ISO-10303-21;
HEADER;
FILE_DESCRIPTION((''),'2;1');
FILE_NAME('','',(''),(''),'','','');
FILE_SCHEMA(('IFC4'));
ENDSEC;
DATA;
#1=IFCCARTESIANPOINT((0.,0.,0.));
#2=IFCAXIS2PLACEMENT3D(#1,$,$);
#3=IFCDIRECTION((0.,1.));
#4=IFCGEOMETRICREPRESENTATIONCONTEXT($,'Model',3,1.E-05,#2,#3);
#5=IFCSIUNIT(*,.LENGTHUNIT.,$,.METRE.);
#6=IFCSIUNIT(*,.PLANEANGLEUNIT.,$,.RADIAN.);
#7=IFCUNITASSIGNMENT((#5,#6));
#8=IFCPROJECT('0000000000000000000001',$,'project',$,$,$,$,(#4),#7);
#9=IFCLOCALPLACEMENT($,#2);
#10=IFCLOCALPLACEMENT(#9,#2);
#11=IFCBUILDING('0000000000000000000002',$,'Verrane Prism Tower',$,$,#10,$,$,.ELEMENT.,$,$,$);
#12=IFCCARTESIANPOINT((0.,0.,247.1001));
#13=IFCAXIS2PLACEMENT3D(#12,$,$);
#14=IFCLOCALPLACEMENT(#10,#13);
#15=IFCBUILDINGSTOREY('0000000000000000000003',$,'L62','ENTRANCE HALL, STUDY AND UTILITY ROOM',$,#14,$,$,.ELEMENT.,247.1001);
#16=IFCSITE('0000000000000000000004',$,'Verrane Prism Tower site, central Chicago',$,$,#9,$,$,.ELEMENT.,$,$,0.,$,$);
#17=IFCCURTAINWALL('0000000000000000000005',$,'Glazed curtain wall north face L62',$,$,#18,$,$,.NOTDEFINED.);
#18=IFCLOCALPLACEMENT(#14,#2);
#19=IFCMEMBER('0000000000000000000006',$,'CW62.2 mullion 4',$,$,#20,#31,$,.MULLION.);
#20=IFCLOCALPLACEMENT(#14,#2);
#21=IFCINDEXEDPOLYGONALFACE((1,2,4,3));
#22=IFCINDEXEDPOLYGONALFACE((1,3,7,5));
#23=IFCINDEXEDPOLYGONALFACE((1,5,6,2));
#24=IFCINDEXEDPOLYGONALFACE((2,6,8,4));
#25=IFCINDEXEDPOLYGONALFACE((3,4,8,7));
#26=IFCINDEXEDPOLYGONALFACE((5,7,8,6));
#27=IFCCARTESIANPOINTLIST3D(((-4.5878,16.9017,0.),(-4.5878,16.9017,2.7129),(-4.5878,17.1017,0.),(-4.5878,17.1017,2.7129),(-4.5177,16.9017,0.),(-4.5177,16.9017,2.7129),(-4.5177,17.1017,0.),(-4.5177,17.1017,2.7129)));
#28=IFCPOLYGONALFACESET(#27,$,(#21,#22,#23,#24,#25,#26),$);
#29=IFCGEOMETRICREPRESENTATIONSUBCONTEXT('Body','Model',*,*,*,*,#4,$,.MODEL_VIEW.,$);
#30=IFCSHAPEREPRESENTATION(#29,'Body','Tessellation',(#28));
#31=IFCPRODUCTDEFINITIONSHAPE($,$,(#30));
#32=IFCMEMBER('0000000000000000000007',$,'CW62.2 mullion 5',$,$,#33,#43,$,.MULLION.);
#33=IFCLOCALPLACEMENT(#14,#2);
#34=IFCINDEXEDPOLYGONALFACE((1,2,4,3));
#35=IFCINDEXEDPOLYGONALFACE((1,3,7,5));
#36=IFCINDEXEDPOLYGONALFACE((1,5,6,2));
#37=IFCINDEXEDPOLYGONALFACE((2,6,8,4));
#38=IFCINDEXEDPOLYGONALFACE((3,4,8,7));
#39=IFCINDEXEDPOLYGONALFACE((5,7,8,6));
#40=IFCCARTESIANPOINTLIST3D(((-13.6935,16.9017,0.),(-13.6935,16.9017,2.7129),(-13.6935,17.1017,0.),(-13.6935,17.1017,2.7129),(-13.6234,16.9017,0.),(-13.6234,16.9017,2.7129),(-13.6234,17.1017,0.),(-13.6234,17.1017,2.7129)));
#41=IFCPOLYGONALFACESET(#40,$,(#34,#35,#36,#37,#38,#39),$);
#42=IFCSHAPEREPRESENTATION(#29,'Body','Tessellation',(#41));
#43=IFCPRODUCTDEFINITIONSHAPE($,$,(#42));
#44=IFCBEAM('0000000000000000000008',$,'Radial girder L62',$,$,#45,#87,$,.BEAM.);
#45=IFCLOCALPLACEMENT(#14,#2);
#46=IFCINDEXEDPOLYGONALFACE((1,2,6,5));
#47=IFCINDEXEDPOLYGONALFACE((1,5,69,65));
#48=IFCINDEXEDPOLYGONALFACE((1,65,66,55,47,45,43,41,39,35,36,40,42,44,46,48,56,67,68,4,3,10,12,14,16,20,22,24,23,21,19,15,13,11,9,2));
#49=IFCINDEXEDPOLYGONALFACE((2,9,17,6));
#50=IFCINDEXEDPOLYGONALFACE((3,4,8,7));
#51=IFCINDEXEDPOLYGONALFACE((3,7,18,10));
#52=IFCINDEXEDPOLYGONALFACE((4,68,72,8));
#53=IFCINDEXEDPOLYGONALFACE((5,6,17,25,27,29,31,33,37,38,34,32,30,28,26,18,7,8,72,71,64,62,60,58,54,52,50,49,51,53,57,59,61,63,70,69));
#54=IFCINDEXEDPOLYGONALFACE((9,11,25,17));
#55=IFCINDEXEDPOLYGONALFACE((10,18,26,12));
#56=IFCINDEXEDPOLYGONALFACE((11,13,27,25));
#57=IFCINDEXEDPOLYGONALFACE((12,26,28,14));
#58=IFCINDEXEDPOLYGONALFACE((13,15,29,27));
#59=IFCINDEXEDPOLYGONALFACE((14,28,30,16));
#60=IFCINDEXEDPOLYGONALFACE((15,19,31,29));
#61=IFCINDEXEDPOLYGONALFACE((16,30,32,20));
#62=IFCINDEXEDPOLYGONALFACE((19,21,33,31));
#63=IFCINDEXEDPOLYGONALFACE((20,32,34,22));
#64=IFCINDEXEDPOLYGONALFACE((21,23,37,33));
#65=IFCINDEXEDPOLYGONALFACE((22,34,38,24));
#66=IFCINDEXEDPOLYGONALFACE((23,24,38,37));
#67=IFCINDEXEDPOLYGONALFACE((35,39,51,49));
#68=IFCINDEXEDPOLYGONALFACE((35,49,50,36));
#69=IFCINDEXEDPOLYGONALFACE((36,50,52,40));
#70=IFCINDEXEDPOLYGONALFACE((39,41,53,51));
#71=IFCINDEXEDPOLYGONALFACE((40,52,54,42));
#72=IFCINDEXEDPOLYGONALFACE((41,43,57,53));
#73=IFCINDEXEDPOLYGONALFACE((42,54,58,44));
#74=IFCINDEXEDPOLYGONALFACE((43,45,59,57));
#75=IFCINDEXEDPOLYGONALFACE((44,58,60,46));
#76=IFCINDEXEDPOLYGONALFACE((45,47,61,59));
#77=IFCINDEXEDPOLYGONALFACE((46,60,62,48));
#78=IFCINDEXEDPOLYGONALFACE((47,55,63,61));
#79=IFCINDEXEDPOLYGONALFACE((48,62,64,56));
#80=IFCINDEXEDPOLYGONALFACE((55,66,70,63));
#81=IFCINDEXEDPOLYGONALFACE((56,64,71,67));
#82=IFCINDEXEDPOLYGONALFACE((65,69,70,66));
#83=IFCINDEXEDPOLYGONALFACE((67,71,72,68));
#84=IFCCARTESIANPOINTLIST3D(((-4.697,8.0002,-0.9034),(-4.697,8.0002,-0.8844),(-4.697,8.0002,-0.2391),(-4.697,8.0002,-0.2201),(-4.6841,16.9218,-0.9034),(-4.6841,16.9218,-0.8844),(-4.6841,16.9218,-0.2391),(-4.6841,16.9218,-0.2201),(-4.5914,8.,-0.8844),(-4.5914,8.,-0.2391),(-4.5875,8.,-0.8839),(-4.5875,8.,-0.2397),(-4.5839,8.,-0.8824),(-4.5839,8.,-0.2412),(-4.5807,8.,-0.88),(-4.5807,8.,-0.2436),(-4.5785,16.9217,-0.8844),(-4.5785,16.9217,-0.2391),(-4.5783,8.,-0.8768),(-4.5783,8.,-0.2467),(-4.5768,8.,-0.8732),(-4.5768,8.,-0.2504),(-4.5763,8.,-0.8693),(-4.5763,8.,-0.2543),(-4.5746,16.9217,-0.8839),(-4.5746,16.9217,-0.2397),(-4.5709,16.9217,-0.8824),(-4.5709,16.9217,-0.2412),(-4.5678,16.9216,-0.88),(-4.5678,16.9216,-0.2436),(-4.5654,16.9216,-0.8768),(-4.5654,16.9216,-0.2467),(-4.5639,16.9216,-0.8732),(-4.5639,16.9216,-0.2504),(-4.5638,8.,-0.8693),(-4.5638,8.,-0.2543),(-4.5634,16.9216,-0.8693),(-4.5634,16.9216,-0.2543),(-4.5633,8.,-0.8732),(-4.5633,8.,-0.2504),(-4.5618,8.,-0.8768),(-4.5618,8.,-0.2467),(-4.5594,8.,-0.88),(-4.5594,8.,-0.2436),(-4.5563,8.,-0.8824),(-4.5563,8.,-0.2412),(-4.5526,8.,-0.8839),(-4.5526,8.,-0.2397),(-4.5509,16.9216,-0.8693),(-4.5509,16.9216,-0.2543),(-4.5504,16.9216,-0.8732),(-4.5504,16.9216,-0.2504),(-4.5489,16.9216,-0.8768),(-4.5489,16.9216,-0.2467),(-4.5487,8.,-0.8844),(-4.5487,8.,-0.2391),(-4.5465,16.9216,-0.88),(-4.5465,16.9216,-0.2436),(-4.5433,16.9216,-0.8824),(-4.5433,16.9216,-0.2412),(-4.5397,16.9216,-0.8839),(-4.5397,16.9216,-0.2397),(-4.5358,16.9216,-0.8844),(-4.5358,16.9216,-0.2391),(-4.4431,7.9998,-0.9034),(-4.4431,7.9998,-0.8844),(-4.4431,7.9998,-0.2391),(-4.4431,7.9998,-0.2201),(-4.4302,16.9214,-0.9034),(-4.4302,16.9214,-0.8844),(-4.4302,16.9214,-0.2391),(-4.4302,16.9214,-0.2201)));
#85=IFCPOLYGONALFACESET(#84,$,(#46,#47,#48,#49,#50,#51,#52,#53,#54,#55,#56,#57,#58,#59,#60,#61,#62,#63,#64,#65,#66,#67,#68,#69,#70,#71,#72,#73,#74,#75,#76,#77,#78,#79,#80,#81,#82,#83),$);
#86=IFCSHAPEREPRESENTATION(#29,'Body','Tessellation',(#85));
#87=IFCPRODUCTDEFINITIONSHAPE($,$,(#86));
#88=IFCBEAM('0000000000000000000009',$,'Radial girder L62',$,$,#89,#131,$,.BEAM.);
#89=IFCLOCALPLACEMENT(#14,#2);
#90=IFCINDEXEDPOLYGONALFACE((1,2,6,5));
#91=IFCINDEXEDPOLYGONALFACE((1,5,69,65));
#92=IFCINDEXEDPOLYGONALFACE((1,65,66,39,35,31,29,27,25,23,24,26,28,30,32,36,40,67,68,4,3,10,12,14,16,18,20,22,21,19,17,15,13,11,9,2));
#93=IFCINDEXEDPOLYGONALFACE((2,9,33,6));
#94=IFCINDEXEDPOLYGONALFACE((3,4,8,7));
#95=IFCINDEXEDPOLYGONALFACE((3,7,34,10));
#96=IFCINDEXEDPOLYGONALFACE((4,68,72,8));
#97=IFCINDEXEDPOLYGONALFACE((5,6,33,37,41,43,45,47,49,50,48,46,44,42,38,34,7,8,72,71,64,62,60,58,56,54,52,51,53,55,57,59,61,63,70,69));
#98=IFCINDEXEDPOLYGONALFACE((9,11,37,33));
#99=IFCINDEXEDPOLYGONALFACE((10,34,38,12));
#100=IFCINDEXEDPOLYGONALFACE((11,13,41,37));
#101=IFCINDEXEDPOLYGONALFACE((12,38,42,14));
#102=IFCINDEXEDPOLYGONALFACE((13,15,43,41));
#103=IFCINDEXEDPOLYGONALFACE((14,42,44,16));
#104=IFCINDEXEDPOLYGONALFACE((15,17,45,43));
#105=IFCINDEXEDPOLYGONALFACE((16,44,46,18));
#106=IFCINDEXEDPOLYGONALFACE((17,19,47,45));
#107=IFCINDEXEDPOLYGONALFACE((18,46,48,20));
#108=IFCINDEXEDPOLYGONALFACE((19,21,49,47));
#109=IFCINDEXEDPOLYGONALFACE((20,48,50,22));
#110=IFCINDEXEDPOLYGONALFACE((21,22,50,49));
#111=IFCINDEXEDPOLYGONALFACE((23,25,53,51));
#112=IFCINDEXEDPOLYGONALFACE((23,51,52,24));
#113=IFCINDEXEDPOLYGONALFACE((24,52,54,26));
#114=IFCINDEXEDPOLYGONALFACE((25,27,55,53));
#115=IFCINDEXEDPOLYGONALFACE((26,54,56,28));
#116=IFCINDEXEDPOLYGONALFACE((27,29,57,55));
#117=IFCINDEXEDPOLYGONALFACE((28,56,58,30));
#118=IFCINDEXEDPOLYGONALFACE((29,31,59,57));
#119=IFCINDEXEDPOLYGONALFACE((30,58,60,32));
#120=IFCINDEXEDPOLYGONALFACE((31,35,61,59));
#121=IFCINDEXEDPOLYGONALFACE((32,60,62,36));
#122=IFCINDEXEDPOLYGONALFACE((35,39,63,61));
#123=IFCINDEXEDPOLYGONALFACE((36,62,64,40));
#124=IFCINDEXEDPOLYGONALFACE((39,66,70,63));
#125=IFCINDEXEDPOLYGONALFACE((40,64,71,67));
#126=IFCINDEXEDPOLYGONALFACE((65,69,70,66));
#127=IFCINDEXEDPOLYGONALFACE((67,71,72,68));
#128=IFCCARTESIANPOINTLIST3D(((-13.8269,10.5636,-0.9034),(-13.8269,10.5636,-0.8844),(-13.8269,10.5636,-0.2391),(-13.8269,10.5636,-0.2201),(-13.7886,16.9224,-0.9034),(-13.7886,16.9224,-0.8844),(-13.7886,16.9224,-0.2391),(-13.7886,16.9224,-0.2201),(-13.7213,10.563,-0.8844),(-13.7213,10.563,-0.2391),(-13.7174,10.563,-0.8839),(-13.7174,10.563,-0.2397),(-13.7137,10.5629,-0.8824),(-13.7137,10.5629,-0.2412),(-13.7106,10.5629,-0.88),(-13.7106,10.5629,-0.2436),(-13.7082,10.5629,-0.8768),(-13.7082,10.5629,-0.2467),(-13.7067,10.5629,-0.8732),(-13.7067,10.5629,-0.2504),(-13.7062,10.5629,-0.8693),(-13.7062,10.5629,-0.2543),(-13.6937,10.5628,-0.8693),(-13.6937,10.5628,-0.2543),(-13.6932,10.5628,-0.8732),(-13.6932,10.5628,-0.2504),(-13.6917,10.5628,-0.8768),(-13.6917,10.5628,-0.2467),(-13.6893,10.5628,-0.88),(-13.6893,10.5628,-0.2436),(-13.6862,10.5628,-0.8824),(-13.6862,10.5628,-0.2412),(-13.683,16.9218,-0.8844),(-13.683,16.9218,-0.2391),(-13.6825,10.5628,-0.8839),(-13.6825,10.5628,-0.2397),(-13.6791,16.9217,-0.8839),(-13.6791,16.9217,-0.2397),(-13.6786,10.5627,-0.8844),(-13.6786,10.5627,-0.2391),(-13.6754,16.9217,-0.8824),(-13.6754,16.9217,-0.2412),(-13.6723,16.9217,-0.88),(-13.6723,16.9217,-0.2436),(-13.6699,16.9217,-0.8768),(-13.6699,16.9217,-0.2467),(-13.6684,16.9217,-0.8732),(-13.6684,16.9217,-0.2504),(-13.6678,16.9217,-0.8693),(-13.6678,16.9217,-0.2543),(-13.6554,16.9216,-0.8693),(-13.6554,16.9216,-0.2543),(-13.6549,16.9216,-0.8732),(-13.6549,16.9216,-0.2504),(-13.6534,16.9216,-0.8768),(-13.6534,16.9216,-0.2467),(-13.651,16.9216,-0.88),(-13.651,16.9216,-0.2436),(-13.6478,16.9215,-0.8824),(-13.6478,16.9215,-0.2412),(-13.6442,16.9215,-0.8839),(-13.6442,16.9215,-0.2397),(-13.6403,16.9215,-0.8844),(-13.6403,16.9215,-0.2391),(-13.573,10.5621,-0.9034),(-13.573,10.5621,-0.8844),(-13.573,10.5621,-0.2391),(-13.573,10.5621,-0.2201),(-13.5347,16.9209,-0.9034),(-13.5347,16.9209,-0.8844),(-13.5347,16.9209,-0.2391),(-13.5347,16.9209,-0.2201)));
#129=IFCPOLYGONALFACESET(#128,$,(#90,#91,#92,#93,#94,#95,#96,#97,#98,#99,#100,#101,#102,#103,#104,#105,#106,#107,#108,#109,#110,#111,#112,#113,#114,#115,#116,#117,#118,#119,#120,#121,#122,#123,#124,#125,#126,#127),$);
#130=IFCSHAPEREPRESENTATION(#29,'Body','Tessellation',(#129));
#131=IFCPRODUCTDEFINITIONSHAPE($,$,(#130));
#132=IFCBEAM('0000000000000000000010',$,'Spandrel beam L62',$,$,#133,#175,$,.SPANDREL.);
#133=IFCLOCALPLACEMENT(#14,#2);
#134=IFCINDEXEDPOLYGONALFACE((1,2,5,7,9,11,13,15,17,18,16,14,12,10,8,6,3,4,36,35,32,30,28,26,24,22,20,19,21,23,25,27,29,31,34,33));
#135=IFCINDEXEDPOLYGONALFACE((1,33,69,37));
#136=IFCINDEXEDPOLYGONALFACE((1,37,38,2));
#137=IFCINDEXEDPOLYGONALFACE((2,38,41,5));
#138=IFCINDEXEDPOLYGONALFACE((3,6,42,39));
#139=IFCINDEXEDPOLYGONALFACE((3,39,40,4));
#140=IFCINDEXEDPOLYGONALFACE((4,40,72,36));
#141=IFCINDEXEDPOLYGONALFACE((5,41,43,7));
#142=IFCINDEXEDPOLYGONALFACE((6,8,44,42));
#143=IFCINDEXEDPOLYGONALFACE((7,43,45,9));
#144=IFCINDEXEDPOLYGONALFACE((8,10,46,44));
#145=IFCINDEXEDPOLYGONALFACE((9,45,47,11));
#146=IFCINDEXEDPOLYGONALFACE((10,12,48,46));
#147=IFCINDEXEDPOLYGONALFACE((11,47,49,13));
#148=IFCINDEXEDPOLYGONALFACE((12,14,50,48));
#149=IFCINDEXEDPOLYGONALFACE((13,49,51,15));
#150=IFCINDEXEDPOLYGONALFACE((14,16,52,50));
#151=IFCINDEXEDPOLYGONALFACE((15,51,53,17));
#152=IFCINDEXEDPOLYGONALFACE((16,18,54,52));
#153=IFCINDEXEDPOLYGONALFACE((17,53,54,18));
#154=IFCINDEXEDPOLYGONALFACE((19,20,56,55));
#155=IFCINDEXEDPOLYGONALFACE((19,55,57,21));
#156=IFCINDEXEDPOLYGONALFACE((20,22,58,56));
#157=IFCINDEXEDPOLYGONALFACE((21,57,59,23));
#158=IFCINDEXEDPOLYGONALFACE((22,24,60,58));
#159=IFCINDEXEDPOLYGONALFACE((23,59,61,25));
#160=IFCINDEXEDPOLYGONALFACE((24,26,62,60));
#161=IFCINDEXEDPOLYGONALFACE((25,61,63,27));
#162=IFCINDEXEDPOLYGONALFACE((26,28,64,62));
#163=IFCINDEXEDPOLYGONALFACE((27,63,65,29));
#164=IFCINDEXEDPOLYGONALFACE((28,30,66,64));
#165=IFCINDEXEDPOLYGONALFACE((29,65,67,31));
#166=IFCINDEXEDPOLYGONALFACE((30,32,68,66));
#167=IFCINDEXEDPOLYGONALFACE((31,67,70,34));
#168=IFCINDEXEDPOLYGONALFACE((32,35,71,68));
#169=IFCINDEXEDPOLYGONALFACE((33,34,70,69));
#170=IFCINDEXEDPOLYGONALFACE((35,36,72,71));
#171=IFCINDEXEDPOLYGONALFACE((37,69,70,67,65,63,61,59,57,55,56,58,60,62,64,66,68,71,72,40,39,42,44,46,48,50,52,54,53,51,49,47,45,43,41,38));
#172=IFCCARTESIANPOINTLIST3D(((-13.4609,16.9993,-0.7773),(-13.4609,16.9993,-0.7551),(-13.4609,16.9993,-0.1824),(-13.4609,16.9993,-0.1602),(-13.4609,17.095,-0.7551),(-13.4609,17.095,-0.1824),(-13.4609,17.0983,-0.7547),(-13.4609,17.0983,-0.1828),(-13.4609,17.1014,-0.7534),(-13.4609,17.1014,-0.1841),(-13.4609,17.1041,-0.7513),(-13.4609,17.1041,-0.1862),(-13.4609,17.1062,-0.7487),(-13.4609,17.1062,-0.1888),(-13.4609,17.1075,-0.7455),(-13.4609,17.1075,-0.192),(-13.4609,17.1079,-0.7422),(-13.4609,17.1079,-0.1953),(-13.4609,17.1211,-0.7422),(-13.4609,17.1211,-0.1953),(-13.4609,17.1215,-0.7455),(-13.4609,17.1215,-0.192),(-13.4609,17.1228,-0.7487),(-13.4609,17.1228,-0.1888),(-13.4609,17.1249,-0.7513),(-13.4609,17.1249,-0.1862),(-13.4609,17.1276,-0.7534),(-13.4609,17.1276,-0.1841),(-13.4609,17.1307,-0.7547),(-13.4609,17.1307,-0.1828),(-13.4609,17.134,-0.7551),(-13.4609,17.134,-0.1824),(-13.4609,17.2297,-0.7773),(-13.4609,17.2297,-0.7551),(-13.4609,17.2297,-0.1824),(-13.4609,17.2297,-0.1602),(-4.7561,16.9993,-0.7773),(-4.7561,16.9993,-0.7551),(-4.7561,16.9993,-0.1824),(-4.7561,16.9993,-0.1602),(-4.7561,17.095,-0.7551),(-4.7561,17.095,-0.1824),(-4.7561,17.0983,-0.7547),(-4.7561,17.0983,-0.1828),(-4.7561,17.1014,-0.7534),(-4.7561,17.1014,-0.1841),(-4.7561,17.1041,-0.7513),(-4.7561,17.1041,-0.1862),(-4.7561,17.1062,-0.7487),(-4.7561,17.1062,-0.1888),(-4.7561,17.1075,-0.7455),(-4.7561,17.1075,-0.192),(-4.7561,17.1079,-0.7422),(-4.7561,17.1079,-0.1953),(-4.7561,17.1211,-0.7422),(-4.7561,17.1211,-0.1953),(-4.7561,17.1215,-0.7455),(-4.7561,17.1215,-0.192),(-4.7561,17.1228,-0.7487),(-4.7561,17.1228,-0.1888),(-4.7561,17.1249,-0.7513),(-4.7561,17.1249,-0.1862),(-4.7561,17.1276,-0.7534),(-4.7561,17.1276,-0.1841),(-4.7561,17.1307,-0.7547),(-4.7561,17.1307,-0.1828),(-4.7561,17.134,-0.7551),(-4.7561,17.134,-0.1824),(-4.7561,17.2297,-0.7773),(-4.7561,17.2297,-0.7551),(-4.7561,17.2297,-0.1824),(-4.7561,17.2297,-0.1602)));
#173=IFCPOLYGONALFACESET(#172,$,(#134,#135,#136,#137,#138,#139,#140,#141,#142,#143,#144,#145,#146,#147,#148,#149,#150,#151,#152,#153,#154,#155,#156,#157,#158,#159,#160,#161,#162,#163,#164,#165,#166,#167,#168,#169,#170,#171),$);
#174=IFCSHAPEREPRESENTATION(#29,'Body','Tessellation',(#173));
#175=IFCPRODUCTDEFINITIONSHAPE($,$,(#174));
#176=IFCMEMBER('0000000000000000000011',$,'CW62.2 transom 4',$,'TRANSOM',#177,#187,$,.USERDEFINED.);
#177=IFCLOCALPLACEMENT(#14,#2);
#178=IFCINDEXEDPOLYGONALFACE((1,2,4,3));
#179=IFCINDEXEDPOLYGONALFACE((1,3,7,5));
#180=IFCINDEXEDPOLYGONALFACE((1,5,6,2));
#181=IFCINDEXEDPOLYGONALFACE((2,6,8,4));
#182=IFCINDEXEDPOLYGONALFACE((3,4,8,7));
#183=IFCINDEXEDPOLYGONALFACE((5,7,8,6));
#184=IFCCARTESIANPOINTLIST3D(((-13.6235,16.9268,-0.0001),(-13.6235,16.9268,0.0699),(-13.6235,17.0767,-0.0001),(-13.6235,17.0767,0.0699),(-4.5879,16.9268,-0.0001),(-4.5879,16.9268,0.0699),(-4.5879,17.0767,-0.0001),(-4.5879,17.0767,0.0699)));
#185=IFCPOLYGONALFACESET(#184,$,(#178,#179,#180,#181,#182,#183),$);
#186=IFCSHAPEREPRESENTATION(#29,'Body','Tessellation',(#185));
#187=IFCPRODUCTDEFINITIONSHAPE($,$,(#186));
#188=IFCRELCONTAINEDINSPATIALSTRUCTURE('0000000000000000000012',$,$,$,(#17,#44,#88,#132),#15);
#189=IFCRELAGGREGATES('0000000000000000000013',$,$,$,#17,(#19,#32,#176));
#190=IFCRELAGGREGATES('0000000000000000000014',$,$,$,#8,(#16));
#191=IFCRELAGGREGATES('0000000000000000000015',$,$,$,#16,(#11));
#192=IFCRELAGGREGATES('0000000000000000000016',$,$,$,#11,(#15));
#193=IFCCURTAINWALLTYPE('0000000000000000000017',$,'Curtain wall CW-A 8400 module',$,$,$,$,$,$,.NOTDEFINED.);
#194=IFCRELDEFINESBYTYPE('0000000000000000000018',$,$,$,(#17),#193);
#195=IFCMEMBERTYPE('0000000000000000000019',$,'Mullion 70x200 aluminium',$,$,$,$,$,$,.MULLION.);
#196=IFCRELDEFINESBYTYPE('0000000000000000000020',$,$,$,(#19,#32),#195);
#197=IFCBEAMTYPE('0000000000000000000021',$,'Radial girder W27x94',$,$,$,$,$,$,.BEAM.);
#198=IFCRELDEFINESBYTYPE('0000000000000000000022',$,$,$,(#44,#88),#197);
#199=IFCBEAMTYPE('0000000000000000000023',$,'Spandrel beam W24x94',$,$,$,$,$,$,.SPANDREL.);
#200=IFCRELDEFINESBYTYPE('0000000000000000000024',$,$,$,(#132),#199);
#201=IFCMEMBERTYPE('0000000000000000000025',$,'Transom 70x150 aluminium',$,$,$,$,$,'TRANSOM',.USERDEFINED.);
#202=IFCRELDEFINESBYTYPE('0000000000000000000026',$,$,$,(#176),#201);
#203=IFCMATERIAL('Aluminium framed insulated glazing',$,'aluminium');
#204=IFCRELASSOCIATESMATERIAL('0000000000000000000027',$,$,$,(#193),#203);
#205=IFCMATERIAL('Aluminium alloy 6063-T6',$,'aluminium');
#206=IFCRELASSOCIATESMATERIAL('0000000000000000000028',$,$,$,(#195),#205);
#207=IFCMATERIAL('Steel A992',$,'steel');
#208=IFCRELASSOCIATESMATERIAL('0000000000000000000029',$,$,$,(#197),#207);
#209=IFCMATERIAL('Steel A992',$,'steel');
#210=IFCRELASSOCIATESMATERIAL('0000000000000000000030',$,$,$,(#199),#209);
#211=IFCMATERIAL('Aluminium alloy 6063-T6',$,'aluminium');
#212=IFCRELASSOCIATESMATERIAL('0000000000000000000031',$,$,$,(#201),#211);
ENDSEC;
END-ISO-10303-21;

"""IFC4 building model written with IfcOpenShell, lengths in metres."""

from ifc_helpers import new_model, si_unit, direction, frame, origin, origin_2d, place, context, subcontext, project, spatial, rectangle, i_section, extrude, material, material_profile, profile_set, type_object, element, aggregate, save


model = new_model("IFC4")

# Units and contexts
model_context = context("Model", 3, precision=1e-05, world=origin(), true_north=direction((0.0, 1.0)))
body_context = subcontext(model_context, "Body", "Model", "MODEL_VIEW")
ifc_project = project(units=[si_unit("LENGTHUNIT", "METRE"), si_unit("PLANEANGLEUNIT", "RADIAN")], contexts=[model_context])

# Site, building, storey
site_placement = place(None, origin())
site = spatial("IfcSite", under=ifc_project, at=site_placement, Name="Verrane Prism Tower site, central Chicago", CompositionType="ELEMENT", RefElevation=0.0)
building_placement = place(site_placement, origin())
building = spatial("IfcBuilding", under=site, at=building_placement, Name="Verrane Prism Tower", CompositionType="ELEMENT")
storey_placement = place(building_placement, frame((0.0, 0.0, 247.1001)))
storey = spatial("IfcBuildingStorey", under=building, at=storey_placement, Name="L62", Description="ENTRANCE HALL, STUDY AND UTILITY ROOM", CompositionType="ELEMENT", Elevation=247.1001)

# Curtain wall, members
ifc_material_1 = material(Name="Aluminium framed insulated glazing", Category="aluminium")
curtain_wall_type = type_object("IfcCurtainWallType", Name="Curtain wall CW-A 8400 module", PredefinedType="NOTDEFINED", material=ifc_material_1)
curtain_wall_placement = place(storey_placement, origin())
curtain_wall = element("IfcCurtainWall", 1, at=curtain_wall_placement, inside=storey, type_object=curtain_wall_type, Name="Glazed curtain wall north face L62", PredefinedType="NOTDEFINED")
ifc_material_2 = material(Name="Aluminium alloy 6063-T6", Category="aluminium")
ifc_material_profile_1 = material_profile(ifc_material_2, rectangle(XDim=0.2, YDim=0.0701, at=origin_2d()), Name="Mullion 70x200 aluminium")
ifc_profile_set_1 = profile_set([ifc_material_profile_1], Name="Aluminium alloy 6063-T6")
member_type_1 = type_object("IfcMemberType", Name="Mullion 70x200 aluminium", PredefinedType="MULLION", material=ifc_profile_set_1)
member_1_placement = place(storey_placement, frame((-4.5527, 17.0017, 0.0), z_axis=(0.0, 0.0, 1.0), x_axis=(0.0, -1.0, 0.0)))
member_1 = element("IfcMember", 2, at=member_1_placement, type_object=member_type_1, Name="CW62.2 mullion 4", PredefinedType="MULLION", context=body_context, shape_type="SweptSolid", body=[
    extrude(rectangle(XDim=0.2, YDim=0.0701, at=origin_2d()), origin(), (0.0, 0.0, 1.0), 2.7129),
])
member_2_placement = place(storey_placement, frame((-13.6584, 17.0017, 0.0), z_axis=(0.0, 0.0, 1.0), x_axis=(0.0, -1.0, 0.0)))
member_2 = element("IfcMember", 3, at=member_2_placement, type_object=member_type_1, Name="CW62.2 mullion 5", PredefinedType="MULLION", context=body_context, shape_type="SweptSolid", body=[
    extrude(rectangle(XDim=0.2, YDim=0.0701, at=origin_2d()), origin(), (0.0, 0.0, 1.0), 2.7129),
])

# Beams
ifc_material_3 = material(Name="Steel A992", Category="steel")
ifc_material_profile_2 = material_profile(ifc_material_3, i_section(OverallWidth=0.2539, OverallDepth=0.6833, WebThickness=0.0125, FlangeThickness=0.019, FilletRadius=0.0151, at=origin_2d()), Name="W27x94")
ifc_profile_set_2 = profile_set([ifc_material_profile_2], Name="Steel A992")
beam_type_1 = type_object("IfcBeamType", Name="Radial girder W27x94", PredefinedType="BEAM", material=ifc_profile_set_2)
beam_1_placement = place(storey_placement, frame((-4.5571, 16.9216, -0.5618), z_axis=(-0.00145, -0.999999, 0.0), x_axis=(0.999999, -0.00145, 0.0)))
element("IfcBeam", 4, at=beam_1_placement, inside=storey, type_object=beam_type_1, Name="Radial girder L62", PredefinedType="BEAM", context=body_context, shape_type="SweptSolid", body=[
    extrude(i_section(OverallWidth=0.2539, OverallDepth=0.6833, WebThickness=0.0125, FlangeThickness=0.019, FilletRadius=0.0151, at=origin_2d()), origin(), (0.0, 0.0, 1.0), 8.9216),
])
beam_2_placement = place(storey_placement, frame((-13.6616, 16.9216, -0.5618), z_axis=(-0.006028, -0.999982, 0.0), x_axis=(0.999982, -0.006028, 0.0)))
element("IfcBeam", 5, at=beam_2_placement, inside=storey, type_object=beam_type_1, Name="Radial girder L62", PredefinedType="BEAM", context=body_context, shape_type="SweptSolid", body=[
    extrude(i_section(OverallWidth=0.2539, OverallDepth=0.6833, WebThickness=0.0125, FlangeThickness=0.019, FilletRadius=0.0151, at=origin_2d()), origin(), (0.0, 0.0, 1.0), 6.3589),
])
ifc_material_4 = material(Name="Steel A992", Category="steel")
ifc_material_profile_3 = material_profile(ifc_material_4, i_section(OverallWidth=0.2305, OverallDepth=0.6172, WebThickness=0.0132, FlangeThickness=0.0222, FilletRadius=0.0129, at=origin_2d()), Name="W24x94")
ifc_profile_set_3 = profile_set([ifc_material_profile_3], Name="Steel A992")
beam_type_2 = type_object("IfcBeamType", Name="Spandrel beam W24x94", PredefinedType="SPANDREL", material=ifc_profile_set_3)
beam_3_placement = place(storey_placement, frame((-4.7561, 17.1145, -0.4688), z_axis=(-1.0, 0.0, 0.0), x_axis=(0.0, -1.0, 0.0)))
element("IfcBeam", 6, at=beam_3_placement, inside=storey, type_object=beam_type_2, Name="Spandrel beam L62", PredefinedType="SPANDREL", context=body_context, shape_type="SweptSolid", body=[
    extrude(i_section(OverallWidth=0.2305, OverallDepth=0.6172, WebThickness=0.0132, FlangeThickness=0.0222, FilletRadius=0.0129, at=origin_2d()), origin(), (0.0, 0.0, 1.0), 8.7048),
])

# Member
ifc_material_5 = material(Name="Aluminium alloy 6063-T6", Category="aluminium")
ifc_material_profile_4 = material_profile(ifc_material_5, rectangle(XDim=0.1499, YDim=0.0701, at=origin_2d()), Name="Transom 70x150 aluminium")
ifc_profile_set_4 = profile_set([ifc_material_profile_4], Name="Aluminium alloy 6063-T6")
member_type_2 = type_object("IfcMemberType", Name="Transom 70x150 aluminium", ElementType="TRANSOM", PredefinedType="USERDEFINED", material=ifc_profile_set_4)
member_3_placement = place(storey_placement, frame((-4.5879, 17.0017, 0.0349), z_axis=(-1.0, 0.0, 0.0), x_axis=(0.0, -1.0, 0.0)))
member_3 = element("IfcMember", 7, at=member_3_placement, type_object=member_type_2, Name="CW62.2 transom 4", ObjectType="TRANSOM", PredefinedType="USERDEFINED", context=body_context, shape_type="SweptSolid", body=[
    extrude(rectangle(XDim=0.1499, YDim=0.0701, at=origin_2d()), origin(), (0.0, 0.0, 1.0), 9.0356),
])

aggregate(curtain_wall, [member_1, member_2, member_3])

save(model, "model.ifc")
